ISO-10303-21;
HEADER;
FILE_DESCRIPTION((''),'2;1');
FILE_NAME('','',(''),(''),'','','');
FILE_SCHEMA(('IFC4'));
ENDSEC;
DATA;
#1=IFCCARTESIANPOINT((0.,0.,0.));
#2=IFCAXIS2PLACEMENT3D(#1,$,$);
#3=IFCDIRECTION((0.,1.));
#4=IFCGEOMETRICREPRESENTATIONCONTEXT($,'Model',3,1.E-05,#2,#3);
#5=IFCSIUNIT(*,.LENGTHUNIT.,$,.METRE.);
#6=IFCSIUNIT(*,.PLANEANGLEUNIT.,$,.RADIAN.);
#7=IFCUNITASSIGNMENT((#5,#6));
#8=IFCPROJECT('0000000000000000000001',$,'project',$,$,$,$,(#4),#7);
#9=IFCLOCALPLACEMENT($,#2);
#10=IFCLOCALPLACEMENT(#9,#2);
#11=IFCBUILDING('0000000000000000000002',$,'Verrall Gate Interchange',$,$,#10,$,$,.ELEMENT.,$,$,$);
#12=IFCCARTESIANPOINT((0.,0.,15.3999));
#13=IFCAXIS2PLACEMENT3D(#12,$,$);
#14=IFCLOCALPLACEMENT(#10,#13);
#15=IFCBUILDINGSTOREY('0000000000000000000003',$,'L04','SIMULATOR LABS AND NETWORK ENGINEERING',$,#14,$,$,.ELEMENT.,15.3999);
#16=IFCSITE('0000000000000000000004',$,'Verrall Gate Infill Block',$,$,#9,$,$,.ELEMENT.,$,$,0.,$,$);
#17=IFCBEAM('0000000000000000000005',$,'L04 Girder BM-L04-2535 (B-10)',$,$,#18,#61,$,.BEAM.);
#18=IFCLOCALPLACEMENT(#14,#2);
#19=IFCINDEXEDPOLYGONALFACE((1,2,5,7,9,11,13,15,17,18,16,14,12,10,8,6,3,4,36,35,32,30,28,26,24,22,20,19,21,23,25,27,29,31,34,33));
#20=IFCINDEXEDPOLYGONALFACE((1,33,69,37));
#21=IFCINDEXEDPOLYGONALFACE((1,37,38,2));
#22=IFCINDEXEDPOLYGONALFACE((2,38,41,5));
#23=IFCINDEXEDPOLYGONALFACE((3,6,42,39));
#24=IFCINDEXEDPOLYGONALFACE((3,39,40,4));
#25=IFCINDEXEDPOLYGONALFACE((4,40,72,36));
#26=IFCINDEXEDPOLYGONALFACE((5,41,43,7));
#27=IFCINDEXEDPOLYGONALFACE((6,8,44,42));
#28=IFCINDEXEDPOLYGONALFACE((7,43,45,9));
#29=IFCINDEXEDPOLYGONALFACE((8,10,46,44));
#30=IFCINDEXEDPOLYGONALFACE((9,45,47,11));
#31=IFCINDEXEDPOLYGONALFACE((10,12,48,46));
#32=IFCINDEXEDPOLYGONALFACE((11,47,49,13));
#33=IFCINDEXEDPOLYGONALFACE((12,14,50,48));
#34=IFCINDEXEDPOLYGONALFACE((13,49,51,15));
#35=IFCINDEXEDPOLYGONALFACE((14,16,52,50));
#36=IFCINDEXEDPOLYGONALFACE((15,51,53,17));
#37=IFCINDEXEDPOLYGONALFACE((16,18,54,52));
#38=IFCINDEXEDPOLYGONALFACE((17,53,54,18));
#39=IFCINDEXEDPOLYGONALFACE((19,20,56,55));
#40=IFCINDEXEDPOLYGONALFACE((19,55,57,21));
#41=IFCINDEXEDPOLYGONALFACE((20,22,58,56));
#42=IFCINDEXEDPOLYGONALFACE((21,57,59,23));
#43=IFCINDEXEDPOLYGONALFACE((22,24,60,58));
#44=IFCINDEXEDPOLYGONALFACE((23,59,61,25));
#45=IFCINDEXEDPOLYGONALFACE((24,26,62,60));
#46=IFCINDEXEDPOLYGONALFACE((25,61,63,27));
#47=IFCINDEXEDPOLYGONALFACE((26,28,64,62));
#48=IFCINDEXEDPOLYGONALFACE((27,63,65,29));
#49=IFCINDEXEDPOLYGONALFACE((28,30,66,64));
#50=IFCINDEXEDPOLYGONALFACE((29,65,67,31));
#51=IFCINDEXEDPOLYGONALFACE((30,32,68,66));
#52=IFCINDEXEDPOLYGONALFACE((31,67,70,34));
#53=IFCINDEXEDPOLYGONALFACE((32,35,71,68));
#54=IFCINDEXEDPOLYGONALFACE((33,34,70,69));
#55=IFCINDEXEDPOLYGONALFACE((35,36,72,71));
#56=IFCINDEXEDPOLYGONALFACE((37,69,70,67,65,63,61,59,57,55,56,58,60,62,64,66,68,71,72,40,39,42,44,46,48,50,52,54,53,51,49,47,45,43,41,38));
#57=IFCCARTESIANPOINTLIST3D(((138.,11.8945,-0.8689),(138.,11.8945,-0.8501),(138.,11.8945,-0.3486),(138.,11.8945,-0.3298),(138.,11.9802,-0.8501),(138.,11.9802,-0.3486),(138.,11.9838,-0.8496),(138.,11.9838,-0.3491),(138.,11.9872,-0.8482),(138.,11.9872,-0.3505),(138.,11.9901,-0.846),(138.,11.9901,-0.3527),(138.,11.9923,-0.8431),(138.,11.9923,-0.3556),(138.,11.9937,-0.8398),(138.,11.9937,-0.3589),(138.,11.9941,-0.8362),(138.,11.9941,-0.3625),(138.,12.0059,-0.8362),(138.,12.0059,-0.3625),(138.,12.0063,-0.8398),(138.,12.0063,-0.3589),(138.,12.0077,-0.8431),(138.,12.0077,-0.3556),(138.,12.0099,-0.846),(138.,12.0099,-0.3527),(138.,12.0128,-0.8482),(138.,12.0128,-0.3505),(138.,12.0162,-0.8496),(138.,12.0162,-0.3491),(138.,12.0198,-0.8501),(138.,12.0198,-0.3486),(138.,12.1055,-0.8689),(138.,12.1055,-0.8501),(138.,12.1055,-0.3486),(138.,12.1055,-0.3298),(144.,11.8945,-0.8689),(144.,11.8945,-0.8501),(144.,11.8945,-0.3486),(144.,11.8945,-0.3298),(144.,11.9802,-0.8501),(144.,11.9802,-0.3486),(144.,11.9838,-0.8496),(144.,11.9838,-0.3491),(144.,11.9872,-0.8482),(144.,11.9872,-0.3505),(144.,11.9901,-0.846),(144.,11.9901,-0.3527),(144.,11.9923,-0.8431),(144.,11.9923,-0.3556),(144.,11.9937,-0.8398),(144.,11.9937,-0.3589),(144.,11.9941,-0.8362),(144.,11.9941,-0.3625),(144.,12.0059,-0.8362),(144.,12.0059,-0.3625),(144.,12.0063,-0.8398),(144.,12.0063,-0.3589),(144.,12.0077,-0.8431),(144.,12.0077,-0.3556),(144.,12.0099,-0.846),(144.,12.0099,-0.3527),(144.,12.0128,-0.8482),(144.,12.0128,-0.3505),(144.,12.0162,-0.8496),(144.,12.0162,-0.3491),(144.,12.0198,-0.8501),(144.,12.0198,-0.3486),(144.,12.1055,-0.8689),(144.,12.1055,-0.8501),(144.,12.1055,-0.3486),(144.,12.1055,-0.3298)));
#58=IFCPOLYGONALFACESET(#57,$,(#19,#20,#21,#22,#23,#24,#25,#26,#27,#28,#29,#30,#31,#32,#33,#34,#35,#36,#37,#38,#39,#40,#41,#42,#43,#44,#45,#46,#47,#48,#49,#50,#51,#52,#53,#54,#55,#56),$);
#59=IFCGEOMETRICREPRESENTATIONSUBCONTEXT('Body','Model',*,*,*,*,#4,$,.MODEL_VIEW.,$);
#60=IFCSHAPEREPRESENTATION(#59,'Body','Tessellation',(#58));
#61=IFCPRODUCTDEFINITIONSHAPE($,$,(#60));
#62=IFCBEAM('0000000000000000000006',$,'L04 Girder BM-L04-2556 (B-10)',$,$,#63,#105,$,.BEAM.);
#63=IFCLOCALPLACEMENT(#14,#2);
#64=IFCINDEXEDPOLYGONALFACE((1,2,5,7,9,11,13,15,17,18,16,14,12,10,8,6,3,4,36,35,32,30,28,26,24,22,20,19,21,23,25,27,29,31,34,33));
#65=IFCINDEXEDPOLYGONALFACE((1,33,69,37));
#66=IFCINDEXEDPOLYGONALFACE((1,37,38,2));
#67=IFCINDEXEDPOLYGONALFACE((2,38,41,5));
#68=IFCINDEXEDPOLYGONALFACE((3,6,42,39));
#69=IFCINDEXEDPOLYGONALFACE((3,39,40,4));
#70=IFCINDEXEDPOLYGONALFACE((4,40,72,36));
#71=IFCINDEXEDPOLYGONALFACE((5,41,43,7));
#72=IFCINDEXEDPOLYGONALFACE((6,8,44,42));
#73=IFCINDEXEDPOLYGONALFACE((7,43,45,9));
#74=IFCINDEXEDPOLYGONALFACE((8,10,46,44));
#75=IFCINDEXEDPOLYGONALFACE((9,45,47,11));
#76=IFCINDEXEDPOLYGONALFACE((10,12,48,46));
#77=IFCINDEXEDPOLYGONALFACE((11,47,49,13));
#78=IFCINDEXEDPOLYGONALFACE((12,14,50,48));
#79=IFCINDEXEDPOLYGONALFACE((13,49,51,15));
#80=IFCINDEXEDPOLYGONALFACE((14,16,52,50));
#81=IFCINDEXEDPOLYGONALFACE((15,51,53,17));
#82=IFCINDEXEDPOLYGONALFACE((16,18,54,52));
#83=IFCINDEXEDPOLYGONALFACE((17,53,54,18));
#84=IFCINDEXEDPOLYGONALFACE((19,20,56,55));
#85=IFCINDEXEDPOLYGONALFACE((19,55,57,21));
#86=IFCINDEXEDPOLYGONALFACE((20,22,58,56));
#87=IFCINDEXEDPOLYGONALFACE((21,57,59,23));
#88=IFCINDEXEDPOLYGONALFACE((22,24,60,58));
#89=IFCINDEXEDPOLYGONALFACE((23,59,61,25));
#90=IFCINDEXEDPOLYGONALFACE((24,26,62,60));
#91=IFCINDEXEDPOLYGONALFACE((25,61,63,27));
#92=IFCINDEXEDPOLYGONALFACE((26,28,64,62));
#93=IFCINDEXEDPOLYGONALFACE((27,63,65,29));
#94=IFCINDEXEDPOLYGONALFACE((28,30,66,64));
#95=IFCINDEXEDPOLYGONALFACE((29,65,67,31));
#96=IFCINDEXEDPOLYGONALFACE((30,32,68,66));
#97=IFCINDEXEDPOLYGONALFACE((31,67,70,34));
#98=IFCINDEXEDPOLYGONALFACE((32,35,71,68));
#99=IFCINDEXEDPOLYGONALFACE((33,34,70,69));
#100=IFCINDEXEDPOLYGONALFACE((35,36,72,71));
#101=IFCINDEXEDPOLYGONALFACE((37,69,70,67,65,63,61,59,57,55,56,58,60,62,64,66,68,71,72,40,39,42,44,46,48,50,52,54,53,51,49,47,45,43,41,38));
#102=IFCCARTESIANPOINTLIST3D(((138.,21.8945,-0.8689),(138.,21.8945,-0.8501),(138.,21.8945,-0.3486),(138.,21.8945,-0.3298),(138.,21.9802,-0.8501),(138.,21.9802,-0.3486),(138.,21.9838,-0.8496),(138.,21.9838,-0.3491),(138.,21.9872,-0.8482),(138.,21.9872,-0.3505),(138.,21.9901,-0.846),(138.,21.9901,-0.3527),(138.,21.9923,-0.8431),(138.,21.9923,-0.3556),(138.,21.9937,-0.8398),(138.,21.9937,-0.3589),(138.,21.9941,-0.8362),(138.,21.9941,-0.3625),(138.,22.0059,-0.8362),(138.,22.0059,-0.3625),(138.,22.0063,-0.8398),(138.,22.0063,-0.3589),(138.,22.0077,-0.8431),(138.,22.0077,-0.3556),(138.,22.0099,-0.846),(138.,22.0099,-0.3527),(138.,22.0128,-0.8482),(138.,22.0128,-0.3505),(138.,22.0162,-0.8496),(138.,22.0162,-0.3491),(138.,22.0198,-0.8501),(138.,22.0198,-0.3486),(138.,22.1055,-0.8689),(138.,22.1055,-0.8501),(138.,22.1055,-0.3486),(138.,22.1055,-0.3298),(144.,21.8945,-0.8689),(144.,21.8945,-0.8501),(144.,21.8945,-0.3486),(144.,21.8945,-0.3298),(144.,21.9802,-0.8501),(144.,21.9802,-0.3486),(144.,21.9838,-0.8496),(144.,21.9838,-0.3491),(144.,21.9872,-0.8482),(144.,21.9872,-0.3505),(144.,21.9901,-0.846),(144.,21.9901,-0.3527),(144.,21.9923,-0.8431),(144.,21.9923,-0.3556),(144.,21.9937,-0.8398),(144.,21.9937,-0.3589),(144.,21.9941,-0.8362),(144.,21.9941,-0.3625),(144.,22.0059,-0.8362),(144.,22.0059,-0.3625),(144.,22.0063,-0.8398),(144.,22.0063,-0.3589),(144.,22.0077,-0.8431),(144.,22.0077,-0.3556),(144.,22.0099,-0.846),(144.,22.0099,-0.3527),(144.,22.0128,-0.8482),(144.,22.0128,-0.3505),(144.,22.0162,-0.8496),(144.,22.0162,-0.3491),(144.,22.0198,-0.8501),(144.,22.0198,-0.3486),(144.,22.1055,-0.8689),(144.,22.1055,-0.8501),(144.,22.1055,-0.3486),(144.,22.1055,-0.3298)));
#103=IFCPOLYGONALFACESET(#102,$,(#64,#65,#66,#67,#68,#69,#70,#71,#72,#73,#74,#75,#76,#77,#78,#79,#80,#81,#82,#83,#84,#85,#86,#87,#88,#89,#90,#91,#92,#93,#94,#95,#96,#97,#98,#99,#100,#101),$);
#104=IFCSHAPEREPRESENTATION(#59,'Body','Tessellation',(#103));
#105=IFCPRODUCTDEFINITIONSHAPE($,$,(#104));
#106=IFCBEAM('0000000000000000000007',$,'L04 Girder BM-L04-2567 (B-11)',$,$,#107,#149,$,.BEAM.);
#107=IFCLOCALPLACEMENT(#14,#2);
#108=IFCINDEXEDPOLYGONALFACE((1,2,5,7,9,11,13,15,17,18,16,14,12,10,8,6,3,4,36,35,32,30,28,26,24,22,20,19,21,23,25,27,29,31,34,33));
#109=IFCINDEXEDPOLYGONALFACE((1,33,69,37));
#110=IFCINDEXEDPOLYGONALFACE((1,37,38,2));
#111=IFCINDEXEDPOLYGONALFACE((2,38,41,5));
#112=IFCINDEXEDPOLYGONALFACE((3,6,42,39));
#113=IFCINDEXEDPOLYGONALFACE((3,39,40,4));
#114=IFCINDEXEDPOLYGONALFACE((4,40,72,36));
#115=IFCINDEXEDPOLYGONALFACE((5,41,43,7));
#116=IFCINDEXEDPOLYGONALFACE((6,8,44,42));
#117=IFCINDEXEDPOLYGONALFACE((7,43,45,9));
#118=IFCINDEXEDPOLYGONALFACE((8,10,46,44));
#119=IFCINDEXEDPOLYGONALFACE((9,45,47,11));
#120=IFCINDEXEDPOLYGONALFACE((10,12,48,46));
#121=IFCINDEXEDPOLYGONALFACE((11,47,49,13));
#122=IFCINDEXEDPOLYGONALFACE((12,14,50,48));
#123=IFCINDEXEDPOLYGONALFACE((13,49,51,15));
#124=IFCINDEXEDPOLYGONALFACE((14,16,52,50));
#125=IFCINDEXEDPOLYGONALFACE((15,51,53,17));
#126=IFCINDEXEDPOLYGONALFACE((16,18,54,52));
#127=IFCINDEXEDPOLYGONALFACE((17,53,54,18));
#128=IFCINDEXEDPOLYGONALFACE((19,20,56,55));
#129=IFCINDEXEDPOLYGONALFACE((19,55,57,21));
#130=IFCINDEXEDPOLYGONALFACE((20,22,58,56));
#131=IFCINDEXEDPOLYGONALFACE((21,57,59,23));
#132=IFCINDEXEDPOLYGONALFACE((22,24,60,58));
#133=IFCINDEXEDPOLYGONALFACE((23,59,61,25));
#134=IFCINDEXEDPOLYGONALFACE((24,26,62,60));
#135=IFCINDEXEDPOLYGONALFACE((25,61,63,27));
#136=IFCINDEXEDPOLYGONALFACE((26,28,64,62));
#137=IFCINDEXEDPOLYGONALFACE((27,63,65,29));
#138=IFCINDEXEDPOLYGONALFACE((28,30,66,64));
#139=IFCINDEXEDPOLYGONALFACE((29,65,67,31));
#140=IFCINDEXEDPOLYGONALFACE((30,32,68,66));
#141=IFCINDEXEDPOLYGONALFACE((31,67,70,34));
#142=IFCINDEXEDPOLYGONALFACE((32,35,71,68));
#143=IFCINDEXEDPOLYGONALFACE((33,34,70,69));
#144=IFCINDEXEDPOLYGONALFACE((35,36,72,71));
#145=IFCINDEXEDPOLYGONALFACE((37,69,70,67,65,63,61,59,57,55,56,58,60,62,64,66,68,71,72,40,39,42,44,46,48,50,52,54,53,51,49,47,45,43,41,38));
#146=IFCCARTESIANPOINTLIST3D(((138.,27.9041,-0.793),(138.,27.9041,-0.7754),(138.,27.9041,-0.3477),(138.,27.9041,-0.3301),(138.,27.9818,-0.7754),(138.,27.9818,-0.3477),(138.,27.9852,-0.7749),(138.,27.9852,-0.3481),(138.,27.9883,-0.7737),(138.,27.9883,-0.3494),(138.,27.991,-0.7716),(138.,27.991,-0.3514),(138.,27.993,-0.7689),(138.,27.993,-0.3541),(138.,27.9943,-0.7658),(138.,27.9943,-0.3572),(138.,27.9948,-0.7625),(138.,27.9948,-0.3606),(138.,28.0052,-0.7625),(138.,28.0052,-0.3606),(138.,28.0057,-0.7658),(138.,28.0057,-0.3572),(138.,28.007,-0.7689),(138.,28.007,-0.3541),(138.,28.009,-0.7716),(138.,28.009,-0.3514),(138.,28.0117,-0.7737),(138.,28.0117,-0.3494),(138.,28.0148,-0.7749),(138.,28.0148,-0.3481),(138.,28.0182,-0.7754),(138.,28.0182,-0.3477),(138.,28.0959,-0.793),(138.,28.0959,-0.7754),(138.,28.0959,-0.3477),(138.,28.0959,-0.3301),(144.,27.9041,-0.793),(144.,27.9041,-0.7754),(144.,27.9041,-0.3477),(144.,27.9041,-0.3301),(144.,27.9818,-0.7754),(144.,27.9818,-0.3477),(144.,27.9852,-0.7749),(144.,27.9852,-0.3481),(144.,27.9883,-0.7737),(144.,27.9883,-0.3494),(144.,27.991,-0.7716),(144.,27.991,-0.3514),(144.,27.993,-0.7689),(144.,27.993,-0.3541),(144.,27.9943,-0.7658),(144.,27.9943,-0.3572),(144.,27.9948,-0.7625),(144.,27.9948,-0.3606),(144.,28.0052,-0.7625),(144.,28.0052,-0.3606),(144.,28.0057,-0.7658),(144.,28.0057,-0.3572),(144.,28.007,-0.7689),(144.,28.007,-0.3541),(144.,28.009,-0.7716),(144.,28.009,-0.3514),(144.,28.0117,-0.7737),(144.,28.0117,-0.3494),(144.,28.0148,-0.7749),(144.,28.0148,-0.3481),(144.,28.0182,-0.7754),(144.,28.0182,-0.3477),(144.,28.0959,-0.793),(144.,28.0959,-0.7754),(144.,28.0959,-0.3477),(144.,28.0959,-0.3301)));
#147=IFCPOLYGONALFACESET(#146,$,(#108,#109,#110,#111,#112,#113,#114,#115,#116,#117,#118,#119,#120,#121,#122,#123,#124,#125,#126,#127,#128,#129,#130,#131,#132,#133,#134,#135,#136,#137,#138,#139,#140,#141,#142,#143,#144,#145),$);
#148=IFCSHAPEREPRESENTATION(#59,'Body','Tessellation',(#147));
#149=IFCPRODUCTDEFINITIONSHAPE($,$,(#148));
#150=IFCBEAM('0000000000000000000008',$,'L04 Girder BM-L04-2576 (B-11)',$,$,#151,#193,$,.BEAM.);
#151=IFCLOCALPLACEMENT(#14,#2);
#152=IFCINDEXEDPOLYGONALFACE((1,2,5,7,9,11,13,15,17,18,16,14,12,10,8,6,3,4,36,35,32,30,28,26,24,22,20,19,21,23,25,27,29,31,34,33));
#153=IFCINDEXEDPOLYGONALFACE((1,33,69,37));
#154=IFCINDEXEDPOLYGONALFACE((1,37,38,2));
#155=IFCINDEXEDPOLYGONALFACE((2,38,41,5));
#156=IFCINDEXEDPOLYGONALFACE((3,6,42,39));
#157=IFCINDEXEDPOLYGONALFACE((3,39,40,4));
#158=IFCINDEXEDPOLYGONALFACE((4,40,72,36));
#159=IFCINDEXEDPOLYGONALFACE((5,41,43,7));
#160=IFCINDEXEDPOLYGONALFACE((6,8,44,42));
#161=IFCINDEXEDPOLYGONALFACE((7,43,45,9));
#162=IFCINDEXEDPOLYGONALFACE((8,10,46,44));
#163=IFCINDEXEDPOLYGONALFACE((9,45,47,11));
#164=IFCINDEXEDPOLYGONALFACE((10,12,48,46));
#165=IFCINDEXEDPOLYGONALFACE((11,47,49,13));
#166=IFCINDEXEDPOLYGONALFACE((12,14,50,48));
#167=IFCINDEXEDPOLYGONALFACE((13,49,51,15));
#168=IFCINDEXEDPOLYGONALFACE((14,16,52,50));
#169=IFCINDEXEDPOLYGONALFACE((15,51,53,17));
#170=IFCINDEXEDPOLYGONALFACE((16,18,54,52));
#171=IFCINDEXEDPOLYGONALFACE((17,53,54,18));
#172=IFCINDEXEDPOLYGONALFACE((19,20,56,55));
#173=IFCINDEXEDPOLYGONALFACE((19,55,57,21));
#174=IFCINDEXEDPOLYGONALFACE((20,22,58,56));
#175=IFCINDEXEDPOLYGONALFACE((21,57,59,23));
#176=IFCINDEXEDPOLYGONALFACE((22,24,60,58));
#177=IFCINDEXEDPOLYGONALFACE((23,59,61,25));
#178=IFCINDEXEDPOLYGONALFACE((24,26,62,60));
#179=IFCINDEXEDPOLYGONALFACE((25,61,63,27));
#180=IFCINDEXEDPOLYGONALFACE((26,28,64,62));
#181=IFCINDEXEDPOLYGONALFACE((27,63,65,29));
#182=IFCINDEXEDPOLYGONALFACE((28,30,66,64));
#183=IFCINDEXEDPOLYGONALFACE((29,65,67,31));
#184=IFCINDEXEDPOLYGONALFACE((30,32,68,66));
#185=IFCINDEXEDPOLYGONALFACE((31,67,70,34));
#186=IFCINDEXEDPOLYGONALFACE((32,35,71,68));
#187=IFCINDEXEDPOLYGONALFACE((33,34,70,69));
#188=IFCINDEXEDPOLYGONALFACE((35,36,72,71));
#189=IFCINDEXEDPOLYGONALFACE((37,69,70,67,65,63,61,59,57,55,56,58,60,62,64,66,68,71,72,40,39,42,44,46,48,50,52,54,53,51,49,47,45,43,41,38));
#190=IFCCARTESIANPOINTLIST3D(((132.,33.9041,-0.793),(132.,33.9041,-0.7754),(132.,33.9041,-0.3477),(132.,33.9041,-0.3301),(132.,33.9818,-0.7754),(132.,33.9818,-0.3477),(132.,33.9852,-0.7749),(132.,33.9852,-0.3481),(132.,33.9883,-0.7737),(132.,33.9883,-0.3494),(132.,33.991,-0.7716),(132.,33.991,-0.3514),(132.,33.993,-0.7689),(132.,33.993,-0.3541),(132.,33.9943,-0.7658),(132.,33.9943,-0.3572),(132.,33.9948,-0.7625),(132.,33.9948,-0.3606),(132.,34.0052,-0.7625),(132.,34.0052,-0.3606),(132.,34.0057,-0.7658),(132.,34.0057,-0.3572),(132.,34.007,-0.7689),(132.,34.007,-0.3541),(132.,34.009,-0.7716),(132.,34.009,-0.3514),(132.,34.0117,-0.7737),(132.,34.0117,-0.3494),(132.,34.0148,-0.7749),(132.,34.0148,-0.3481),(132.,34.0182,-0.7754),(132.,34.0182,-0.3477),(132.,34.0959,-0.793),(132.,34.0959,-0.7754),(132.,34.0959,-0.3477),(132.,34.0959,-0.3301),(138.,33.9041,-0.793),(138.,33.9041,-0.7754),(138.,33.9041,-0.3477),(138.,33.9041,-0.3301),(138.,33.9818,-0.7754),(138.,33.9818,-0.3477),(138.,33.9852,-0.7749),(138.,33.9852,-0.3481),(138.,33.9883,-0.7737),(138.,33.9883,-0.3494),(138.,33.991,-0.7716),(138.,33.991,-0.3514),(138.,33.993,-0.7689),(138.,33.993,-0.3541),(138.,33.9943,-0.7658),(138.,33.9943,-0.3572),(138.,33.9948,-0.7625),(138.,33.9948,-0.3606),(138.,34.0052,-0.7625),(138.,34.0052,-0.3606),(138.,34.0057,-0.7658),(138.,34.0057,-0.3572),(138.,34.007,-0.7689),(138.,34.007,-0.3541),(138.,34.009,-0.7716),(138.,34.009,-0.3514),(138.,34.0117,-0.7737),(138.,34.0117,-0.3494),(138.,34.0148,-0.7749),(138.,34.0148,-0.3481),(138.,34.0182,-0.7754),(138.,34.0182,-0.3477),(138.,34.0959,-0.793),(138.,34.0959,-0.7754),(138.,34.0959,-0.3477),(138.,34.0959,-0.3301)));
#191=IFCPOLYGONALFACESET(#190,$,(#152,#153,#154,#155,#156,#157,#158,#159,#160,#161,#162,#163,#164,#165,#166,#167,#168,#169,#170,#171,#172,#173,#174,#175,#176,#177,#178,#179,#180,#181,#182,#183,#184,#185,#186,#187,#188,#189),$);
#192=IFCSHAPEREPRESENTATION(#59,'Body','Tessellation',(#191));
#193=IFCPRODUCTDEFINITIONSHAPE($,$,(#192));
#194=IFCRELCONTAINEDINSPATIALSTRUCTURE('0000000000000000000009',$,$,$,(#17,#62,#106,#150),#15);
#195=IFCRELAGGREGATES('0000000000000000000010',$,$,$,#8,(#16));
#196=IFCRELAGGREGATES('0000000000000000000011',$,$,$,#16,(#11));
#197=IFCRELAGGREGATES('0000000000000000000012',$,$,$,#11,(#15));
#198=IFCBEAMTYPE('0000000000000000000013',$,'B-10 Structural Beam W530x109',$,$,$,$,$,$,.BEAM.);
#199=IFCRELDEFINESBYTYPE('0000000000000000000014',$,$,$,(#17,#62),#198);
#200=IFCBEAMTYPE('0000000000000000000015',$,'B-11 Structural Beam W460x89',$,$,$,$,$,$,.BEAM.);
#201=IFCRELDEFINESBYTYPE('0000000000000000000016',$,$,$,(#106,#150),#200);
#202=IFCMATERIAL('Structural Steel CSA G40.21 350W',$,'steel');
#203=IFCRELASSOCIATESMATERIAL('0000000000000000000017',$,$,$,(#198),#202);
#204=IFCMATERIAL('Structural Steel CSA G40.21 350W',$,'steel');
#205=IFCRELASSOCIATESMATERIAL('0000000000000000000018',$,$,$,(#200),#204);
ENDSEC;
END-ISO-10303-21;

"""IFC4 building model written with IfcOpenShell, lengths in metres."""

from ifc_helpers import new_model, si_unit, direction, frame, origin, origin_2d, place, context, subcontext, project, spatial, i_section, extrude, material, material_profile, profile_set, type_object, element, save


model = new_model("IFC4")

# Units and contexts
model_context = context("Model", 3, precision=1e-05, world=origin(), true_north=direction((0.0, 1.0)))
body_context = subcontext(model_context, "Body", "Model", "MODEL_VIEW")
ifc_project = project(units=[si_unit("LENGTHUNIT", "METRE"), si_unit("PLANEANGLEUNIT", "RADIAN")], contexts=[model_context])

# Site, building, storey
site_placement = place(None, origin())
site = spatial("IfcSite", under=ifc_project, at=site_placement, Name="Verrall Gate Infill Block", CompositionType="ELEMENT", RefElevation=0.0)
building_placement = place(site_placement, origin())
building = spatial("IfcBuilding", under=site, at=building_placement, Name="Verrall Gate Interchange", CompositionType="ELEMENT")
storey_placement = place(building_placement, frame((0.0, 0.0, 15.3999)))
storey = spatial("IfcBuildingStorey", under=building, at=storey_placement, Name="L04", Description="SIMULATOR LABS AND NETWORK ENGINEERING", CompositionType="ELEMENT", Elevation=15.3999)

# Beams
ifc_material_1 = material(Name="Structural Steel CSA G40.21 350W", Category="steel")
ifc_material_profile_1 = material_profile(ifc_material_1, i_section(OverallWidth=0.2109, OverallDepth=0.5391, WebThickness=0.0117, FlangeThickness=0.0188, FilletRadius=0.0139, at=origin_2d()), Name="W530x109")
ifc_profile_set_1 = profile_set([ifc_material_profile_1], Name="Structural Steel CSA G40.21 350W")
beam_type_1 = type_object("IfcBeamType", Name="B-10 Structural Beam W530x109", PredefinedType="BEAM", material=ifc_profile_set_1)
for number, where, z_axis, x_axis, name in (
    (1, (138.0, 12.0, -0.5994), (1.0, 0.0, 0.0), (0.0, 1.0, 0.0), "L04 Girder BM-L04-2535 (B-10)"),
    (2, (138.0, 22.0, -0.5994), (1.0, 0.0, 0.0), (0.0, 1.0, 0.0), "L04 Girder BM-L04-2556 (B-10)"),
):
    element("IfcBeam", number, at=place(storey_placement, frame(where, z_axis=z_axis, x_axis=x_axis)), inside=storey, type_object=beam_type_1, Name=name, PredefinedType="BEAM", context=body_context, shape_type="SweptSolid", body=[
        extrude(i_section(OverallWidth=0.2109, OverallDepth=0.5391, WebThickness=0.0117, FlangeThickness=0.0188, FilletRadius=0.0139, at=origin_2d()), origin(), (0.0, 0.0, 1.0), 6.0),
    ])
ifc_material_2 = material(Name="Structural Steel CSA G40.21 350W", Category="steel")
ifc_material_profile_2 = material_profile(ifc_material_2, i_section(OverallWidth=0.1919, OverallDepth=0.4629, WebThickness=0.0105, FlangeThickness=0.0176, FilletRadius=0.0129, at=origin_2d()), Name="W460x89")
ifc_profile_set_2 = profile_set([ifc_material_profile_2], Name="Structural Steel CSA G40.21 350W")
beam_type_2 = type_object("IfcBeamType", Name="B-11 Structural Beam W460x89", PredefinedType="BEAM", material=ifc_profile_set_2)
for number, where, z_axis, x_axis, name in (
    (3, (138.0, 28.0, -0.5615), (1.0, 0.0, 0.0), (0.0, 1.0, 0.0), "L04 Girder BM-L04-2567 (B-11)"),
    (4, (132.0, 34.0, -0.5615), (1.0, 0.0, 0.0), (0.0, 1.0, 0.0), "L04 Girder BM-L04-2576 (B-11)"),
):
    element("IfcBeam", number, at=place(storey_placement, frame(where, z_axis=z_axis, x_axis=x_axis)), inside=storey, type_object=beam_type_2, Name=name, PredefinedType="BEAM", context=body_context, shape_type="SweptSolid", body=[
        extrude(i_section(OverallWidth=0.1919, OverallDepth=0.4629, WebThickness=0.0105, FlangeThickness=0.0176, FilletRadius=0.0129, at=origin_2d()), origin(), (0.0, 0.0, 1.0), 6.0),
    ])

save(model, "model.ifc")
